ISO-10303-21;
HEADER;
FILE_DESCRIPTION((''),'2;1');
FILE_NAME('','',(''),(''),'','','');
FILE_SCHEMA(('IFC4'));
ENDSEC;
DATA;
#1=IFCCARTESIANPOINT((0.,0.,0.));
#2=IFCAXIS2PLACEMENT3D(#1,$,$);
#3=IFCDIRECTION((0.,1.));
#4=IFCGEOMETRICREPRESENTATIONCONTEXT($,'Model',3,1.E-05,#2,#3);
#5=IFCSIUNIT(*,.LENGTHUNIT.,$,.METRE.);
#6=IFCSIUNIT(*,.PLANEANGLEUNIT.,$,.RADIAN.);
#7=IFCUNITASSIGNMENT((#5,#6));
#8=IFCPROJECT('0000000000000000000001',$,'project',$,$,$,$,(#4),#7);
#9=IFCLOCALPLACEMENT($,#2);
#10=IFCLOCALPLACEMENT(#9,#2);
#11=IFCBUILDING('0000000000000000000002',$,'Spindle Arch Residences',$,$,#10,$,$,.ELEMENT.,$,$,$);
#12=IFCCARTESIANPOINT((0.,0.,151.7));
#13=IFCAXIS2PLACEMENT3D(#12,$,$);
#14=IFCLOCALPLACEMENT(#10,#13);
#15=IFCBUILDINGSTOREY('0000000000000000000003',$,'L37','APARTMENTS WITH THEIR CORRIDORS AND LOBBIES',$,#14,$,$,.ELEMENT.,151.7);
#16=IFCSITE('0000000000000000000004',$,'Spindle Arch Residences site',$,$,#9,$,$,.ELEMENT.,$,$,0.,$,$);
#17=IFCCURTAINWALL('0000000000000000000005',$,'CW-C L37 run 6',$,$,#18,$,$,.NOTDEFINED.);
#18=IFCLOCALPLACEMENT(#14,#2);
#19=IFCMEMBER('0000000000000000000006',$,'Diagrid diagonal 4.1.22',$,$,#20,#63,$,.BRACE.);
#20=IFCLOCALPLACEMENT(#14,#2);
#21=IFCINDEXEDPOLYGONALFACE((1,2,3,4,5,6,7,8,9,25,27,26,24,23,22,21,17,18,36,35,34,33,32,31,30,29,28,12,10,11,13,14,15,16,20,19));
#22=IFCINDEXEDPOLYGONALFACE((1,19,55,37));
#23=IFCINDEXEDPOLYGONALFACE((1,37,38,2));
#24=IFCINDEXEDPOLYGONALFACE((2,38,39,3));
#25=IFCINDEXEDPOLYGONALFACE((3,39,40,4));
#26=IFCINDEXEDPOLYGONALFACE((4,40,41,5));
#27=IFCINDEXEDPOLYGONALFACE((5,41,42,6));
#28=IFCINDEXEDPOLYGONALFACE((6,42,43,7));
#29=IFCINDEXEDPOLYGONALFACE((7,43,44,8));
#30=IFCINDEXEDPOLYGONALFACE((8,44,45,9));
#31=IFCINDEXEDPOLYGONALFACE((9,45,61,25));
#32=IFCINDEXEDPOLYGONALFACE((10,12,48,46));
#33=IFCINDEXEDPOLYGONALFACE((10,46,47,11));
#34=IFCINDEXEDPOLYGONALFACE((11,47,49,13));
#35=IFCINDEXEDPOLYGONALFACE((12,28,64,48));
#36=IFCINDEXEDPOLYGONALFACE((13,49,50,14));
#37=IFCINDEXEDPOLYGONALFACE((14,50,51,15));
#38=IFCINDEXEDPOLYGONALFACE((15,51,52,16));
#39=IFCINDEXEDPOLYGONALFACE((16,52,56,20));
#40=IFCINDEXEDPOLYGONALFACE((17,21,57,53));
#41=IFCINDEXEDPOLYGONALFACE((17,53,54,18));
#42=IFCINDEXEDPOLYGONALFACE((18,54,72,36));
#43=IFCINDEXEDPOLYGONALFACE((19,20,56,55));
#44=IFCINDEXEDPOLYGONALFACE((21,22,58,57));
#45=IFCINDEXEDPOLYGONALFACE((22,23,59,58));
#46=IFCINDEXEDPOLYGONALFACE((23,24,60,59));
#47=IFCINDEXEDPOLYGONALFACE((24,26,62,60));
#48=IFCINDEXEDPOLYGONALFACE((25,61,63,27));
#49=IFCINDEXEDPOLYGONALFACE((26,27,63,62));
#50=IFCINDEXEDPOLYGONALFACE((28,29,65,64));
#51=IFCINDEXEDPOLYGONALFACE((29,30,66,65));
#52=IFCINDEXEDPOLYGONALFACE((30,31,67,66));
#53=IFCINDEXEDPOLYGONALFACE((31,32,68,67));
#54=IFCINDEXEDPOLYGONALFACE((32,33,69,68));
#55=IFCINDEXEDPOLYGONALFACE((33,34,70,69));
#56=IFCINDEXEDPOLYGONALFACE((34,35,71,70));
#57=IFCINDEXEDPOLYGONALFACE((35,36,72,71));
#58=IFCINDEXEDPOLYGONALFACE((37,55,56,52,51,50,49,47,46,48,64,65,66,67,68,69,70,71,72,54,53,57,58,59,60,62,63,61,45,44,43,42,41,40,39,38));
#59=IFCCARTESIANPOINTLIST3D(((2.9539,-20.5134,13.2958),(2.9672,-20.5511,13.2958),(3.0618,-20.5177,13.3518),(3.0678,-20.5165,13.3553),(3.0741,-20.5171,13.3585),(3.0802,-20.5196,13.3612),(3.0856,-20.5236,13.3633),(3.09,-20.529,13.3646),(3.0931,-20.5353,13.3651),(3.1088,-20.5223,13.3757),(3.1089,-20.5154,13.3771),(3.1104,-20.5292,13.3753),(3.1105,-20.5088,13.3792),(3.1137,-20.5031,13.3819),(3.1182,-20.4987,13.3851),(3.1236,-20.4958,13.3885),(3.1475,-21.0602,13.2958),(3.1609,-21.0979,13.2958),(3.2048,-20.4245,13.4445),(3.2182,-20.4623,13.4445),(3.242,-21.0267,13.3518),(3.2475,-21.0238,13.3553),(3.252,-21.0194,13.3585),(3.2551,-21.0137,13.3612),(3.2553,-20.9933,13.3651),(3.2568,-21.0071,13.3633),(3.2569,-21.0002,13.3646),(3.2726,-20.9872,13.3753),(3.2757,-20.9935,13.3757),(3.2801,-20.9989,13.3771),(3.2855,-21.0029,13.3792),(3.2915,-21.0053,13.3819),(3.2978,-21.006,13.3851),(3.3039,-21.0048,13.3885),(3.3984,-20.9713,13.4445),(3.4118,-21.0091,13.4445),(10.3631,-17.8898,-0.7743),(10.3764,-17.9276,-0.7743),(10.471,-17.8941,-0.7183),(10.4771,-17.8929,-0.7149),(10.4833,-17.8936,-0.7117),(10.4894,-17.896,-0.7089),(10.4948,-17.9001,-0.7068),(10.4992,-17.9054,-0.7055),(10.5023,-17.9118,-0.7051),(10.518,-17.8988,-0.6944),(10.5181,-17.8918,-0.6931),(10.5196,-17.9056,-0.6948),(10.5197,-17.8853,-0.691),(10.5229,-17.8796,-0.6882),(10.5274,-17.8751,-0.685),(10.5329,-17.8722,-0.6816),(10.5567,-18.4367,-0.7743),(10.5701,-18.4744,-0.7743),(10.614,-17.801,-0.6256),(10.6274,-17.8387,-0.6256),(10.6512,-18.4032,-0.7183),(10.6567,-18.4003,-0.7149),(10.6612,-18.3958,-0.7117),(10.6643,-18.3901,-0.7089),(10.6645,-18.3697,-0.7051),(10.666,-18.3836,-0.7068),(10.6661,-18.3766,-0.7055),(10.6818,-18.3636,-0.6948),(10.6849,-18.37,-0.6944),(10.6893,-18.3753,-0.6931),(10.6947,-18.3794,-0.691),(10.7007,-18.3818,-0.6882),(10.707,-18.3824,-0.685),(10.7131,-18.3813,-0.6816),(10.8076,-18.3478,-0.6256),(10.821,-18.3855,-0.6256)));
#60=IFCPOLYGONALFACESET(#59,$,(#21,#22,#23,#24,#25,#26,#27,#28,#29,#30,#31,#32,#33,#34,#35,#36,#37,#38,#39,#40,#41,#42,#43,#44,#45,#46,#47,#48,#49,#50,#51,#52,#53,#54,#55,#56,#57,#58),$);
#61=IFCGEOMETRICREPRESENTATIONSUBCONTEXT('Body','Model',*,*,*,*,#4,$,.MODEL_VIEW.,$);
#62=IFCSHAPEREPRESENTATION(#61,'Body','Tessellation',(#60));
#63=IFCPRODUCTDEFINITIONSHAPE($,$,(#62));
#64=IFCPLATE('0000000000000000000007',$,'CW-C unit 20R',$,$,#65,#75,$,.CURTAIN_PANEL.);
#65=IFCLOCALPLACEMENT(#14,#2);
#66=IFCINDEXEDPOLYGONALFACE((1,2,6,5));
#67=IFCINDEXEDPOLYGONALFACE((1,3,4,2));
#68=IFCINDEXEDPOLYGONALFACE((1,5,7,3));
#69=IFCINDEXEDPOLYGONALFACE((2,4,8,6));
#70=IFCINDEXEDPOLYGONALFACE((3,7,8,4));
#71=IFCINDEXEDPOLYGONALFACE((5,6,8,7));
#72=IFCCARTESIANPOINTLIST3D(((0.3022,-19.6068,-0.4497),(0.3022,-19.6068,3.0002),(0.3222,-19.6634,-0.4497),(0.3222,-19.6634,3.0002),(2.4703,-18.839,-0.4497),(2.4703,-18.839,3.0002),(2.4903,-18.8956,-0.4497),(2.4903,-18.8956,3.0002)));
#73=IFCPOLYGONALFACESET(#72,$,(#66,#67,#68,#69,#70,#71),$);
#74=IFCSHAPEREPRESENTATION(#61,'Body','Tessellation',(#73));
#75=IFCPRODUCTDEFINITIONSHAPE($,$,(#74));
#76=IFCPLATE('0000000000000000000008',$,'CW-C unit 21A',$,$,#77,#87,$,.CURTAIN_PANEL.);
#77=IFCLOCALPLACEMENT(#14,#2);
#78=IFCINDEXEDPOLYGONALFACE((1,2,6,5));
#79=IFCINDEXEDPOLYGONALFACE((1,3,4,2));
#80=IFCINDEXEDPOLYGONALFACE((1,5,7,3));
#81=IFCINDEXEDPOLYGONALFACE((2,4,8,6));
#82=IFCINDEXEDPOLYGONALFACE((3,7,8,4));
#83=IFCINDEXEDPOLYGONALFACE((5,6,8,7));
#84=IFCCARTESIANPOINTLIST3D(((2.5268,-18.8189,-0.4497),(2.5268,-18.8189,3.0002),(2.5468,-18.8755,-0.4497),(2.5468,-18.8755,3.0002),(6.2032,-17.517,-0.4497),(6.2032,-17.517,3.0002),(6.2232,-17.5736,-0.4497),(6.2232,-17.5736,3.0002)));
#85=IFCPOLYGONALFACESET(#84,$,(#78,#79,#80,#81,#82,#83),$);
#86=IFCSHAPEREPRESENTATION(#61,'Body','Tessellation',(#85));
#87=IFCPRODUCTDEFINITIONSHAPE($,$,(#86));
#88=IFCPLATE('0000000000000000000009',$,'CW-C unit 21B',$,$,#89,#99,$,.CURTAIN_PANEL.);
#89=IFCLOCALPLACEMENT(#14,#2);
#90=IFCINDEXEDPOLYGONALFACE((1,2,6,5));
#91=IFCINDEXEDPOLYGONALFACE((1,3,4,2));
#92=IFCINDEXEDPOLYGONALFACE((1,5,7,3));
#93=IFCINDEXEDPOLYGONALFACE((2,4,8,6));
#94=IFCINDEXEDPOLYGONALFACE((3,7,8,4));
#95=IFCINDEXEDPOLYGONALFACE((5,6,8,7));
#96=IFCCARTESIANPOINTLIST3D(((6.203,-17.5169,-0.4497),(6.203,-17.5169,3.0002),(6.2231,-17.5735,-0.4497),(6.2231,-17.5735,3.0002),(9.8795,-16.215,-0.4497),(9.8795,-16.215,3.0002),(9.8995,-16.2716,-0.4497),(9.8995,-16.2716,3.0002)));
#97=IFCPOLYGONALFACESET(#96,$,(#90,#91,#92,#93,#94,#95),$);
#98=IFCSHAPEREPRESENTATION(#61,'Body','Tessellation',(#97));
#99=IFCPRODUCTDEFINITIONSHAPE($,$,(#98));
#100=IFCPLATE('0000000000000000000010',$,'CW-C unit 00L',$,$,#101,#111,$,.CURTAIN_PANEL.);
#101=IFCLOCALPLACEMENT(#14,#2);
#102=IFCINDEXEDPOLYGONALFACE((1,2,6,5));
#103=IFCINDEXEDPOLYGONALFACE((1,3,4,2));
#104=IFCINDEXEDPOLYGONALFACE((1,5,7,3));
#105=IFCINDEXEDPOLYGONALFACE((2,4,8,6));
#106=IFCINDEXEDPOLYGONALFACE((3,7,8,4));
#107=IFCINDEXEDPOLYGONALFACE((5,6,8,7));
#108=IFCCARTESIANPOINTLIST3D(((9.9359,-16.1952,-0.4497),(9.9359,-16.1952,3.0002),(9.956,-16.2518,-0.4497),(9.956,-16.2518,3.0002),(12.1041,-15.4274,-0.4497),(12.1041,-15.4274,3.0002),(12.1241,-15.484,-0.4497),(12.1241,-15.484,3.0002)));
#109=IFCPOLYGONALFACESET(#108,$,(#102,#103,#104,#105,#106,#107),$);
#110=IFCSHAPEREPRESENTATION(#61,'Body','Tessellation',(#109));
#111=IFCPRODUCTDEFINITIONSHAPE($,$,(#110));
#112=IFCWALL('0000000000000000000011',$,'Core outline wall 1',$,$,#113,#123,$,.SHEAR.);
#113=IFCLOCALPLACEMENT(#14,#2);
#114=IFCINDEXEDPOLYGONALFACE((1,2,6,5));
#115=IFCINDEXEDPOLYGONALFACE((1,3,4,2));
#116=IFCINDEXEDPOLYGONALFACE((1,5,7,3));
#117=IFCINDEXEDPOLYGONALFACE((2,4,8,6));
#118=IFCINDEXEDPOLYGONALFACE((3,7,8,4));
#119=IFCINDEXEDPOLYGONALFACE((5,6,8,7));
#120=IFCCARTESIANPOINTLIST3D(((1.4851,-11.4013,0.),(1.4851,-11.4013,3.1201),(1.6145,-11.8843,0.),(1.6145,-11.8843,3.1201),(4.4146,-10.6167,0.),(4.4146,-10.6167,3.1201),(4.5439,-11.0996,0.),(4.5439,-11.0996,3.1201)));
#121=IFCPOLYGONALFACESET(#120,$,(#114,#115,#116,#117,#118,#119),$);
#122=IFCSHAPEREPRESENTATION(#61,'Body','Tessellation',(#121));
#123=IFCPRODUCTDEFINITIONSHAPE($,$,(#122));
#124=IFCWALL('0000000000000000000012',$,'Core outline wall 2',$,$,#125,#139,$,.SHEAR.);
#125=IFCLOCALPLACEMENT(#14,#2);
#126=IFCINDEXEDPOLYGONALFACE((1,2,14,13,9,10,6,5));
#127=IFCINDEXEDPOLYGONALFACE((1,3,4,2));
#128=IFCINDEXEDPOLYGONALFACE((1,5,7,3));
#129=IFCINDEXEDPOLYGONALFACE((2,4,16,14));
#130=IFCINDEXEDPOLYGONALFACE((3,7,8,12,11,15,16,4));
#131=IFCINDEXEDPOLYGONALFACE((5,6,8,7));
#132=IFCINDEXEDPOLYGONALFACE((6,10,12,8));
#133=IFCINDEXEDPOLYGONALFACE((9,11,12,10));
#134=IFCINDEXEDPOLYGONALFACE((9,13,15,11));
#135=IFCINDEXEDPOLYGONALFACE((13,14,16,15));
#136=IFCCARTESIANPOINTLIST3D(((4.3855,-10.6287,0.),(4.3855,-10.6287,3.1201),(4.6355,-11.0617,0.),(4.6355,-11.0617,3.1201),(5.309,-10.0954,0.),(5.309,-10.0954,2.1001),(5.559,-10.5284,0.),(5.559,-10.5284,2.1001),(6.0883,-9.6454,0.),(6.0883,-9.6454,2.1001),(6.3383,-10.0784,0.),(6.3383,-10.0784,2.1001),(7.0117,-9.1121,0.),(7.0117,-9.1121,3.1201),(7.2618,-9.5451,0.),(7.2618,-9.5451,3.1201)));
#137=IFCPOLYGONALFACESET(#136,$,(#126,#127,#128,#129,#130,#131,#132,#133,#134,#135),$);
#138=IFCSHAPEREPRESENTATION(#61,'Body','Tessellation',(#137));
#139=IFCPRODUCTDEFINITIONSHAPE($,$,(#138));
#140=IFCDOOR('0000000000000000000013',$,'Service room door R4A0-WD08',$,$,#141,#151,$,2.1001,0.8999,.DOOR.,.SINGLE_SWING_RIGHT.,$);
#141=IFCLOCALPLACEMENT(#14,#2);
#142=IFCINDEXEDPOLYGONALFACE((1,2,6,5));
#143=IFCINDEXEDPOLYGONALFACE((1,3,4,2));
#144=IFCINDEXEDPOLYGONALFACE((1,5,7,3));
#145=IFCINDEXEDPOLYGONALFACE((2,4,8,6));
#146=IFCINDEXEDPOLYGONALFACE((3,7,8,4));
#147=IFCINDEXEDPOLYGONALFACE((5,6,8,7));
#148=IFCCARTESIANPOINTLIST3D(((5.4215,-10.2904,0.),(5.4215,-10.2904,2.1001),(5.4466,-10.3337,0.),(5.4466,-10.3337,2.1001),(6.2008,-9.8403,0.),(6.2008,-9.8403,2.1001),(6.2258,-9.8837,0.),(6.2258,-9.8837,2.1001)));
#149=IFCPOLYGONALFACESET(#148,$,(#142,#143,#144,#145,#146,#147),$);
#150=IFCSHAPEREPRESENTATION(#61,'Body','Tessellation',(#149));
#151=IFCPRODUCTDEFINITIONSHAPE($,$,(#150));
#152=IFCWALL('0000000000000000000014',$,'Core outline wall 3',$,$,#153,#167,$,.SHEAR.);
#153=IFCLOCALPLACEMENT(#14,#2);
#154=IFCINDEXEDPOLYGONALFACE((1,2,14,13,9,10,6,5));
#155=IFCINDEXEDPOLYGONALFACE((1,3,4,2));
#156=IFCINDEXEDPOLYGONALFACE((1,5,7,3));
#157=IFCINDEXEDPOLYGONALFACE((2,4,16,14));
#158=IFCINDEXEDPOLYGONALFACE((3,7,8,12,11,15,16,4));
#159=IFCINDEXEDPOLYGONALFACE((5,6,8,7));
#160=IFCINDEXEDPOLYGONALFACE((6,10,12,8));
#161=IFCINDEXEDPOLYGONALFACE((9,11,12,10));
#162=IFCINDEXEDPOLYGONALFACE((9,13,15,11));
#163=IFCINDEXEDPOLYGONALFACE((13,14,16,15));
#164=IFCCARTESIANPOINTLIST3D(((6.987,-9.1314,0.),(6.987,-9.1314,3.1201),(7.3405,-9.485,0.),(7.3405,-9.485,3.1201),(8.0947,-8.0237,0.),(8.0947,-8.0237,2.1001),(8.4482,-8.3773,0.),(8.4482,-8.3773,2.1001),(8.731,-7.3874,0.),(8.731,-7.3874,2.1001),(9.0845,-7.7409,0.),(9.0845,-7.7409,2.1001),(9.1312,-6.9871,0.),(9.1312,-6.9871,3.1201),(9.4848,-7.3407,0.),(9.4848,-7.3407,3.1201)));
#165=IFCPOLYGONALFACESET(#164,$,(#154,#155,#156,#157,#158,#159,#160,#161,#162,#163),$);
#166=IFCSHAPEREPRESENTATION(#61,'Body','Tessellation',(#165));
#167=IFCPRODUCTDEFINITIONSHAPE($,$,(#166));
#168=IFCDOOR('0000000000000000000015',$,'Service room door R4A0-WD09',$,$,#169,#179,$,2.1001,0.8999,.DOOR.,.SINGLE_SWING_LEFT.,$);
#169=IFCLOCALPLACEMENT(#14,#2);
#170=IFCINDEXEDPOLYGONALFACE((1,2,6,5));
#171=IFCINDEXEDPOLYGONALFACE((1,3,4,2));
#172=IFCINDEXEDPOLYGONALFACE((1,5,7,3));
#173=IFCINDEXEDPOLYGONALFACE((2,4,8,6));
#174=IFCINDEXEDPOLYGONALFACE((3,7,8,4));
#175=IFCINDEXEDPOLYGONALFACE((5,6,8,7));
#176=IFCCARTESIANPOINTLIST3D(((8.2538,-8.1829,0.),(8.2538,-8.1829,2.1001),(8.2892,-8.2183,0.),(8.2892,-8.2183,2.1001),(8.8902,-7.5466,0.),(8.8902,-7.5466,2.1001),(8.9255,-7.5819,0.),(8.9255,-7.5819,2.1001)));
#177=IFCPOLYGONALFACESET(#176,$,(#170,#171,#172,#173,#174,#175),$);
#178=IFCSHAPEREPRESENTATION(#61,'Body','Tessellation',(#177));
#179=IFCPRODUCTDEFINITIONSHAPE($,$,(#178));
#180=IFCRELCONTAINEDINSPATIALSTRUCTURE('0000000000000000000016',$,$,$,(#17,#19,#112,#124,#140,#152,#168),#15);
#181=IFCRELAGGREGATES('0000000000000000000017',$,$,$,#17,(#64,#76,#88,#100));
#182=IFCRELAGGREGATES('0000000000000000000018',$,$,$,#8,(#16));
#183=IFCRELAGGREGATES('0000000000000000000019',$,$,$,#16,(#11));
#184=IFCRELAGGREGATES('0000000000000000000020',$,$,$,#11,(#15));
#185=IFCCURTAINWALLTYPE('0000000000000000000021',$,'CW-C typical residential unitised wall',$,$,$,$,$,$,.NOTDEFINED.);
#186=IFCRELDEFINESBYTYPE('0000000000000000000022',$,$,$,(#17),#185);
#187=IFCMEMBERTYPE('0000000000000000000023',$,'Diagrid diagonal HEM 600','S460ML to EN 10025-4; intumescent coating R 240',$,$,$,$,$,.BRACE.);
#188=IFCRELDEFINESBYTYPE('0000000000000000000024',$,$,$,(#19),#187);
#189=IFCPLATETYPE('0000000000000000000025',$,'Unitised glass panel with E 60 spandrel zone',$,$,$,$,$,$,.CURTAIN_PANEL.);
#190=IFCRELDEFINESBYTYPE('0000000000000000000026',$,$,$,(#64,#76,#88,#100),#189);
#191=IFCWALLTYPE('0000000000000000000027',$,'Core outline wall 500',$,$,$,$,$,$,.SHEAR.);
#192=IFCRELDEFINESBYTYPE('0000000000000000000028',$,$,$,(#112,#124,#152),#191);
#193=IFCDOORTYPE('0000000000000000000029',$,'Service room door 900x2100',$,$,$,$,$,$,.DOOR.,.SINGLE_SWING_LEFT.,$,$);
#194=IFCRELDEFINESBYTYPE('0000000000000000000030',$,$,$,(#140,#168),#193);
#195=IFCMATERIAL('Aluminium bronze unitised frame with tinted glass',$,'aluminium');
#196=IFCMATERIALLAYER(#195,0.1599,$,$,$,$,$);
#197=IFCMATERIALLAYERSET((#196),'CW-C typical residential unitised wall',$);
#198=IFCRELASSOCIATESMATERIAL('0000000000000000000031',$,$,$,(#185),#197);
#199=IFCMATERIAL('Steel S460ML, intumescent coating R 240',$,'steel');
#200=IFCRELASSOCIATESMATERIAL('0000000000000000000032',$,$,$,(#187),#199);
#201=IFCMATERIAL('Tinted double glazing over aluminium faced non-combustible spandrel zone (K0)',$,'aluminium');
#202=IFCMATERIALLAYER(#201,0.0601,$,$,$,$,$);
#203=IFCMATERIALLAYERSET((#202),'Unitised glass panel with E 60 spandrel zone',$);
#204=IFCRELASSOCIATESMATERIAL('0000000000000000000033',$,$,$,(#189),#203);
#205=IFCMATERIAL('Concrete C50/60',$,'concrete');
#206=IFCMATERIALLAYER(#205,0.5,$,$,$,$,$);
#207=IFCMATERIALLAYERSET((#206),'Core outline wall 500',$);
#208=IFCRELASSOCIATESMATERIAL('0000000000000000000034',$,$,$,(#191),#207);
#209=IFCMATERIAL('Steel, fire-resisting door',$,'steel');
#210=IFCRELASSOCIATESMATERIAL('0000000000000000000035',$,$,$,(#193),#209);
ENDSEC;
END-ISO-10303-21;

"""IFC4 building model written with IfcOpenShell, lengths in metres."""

from ifc_helpers import new_model, si_unit, direction, frame, frame_2d, origin, origin_2d, place, context, subcontext, project, spatial, rectangle, i_section, extrude, material, layer, layer_set, material_profile, profile_set, type_object, element, fill, aggregate, save


model = new_model("IFC4")

# Units and contexts
model_context = context("Model", 3, precision=1e-05, world=origin(), true_north=direction((0.0, 1.0)))
body_context = subcontext(model_context, "Body", "Model", "MODEL_VIEW")
ifc_project = project(units=[si_unit("LENGTHUNIT", "METRE"), si_unit("PLANEANGLEUNIT", "RADIAN")], contexts=[model_context])

# Site, building, storey
site_placement = place(None, origin())
site = spatial("IfcSite", under=ifc_project, at=site_placement, Name="Spindle Arch Residences site", CompositionType="ELEMENT", RefElevation=0.0)
building_placement = place(site_placement, origin())
building = spatial("IfcBuilding", under=site, at=building_placement, Name="Spindle Arch Residences", CompositionType="ELEMENT")
storey_placement = place(building_placement, frame((0.0, 0.0, 151.7)))
storey = spatial("IfcBuildingStorey", under=building, at=storey_placement, Name="L37", Description="APARTMENTS WITH THEIR CORRIDORS AND LOBBIES", CompositionType="ELEMENT", Elevation=151.7)

# Curtain wall
ifc_material_1 = material(Name="Aluminium bronze unitised frame with tinted glass", Category="aluminium")
ifc_layer_1 = layer(ifc_material_1, 0.1599)
ifc_layer_set_1 = layer_set([ifc_layer_1], Name="CW-C typical residential unitised wall")
curtain_wall_type = type_object("IfcCurtainWallType", Name="CW-C typical residential unitised wall", PredefinedType="NOTDEFINED", material=ifc_layer_set_1)
curtain_wall_placement = place(storey_placement, origin())
curtain_wall = element("IfcCurtainWall", 1, at=curtain_wall_placement, inside=storey, type_object=curtain_wall_type, Name="CW-C L37 run 6", PredefinedType="NOTDEFINED")

# Member
ifc_material_2 = material(Name="Steel S460ML, intumescent coating R 240", Category="steel")
ifc_material_profile_1 = material_profile(ifc_material_2, i_section(OverallWidth=0.3049, OverallDepth=0.6201, WebThickness=0.021, FlangeThickness=0.04, FilletRadius=0.0271, at=origin_2d()), Name="HEM 600")
ifc_profile_set_1 = profile_set([ifc_material_profile_1], Name="Steel S460ML, intumescent coating R 240")
member_type_1 = type_object("IfcMemberType", Name="Diagrid diagonal HEM 600", Description="S460ML to EN 10025-4; intumescent coating R 240", PredefinedType="BRACE", material=ifc_profile_set_1)
for number, where, z_axis, x_axis, name in (
    (2, (10.592, -18.1377, -0.7), (-0.459723, -0.162784, 0.873016), (0.822948, 0.2914, 0.487692), "Diagrid diagonal 4.1.22"),
):
    element("IfcMember", number, at=place(storey_placement, frame(where, z_axis=z_axis, x_axis=x_axis)), inside=storey, type_object=member_type_1, Name=name, PredefinedType="BRACE", context=body_context, shape_type="SweptSolid", body=[
        extrude(i_section(OverallWidth=0.3049, OverallDepth=0.6201, WebThickness=0.021, FlangeThickness=0.04, FilletRadius=0.0271, at=origin_2d()), origin(), (0.0, 0.0, 1.0), 16.1167),
    ])

# Plates
ifc_material_3 = material(Name="Tinted double glazing over aluminium faced non-combustible spandrel zone (K0)", Category="aluminium")
ifc_layer_2 = layer(ifc_material_3, 0.0601)
ifc_layer_set_2 = layer_set([ifc_layer_2], Name="Unitised glass panel with E 60 spandrel zone")
plate_type = type_object("IfcPlateType", Name="Unitised glass panel with E 60 spandrel zone", PredefinedType="CURTAIN_PANEL", material=ifc_layer_set_2)
plate_1_placement = place(storey_placement, frame((1.3962, -19.2512, -0.4497), z_axis=(0.0, 0.0, 1.0), x_axis=(0.942641, 0.333807, 0.0)))
plate_1 = element("IfcPlate", 3, at=plate_1_placement, type_object=plate_type, Name="CW-C unit 20R", PredefinedType="CURTAIN_PANEL", context=body_context, shape_type="SweptSolid", body=[
    extrude(rectangle(XDim=2.3, YDim=0.0601, at=origin_2d()), origin(), (0.0, 0.0, 1.0), 3.45),
])
plate_2_placement = place(storey_placement, frame((4.375, -18.1963, -0.4497), z_axis=(0.0, 0.0, 1.0), x_axis=(0.942641, 0.333807, 0.0)))
plate_2 = element("IfcPlate", 4, at=plate_2_placement, type_object=plate_type, Name="CW-C unit 21A", PredefinedType="CURTAIN_PANEL", context=body_context, shape_type="SweptSolid", body=[
    extrude(rectangle(XDim=3.9001, YDim=0.0601, at=origin_2d()), origin(), (0.0, 0.0, 1.0), 3.45),
])
plate_3_placement = place(storey_placement, frame((8.0513, -16.8943, -0.4497), z_axis=(0.0, 0.0, 1.0), x_axis=(0.942641, 0.333807, 0.0)))
plate_3 = element("IfcPlate", 5, at=plate_3_placement, type_object=plate_type, Name="CW-C unit 21B", PredefinedType="CURTAIN_PANEL", context=body_context, shape_type="SweptSolid", body=[
    extrude(rectangle(XDim=3.9001, YDim=0.0601, at=origin_2d()), origin(), (0.0, 0.0, 1.0), 3.45),
])
plate_4_placement = place(storey_placement, frame((11.03, -15.8396, -0.4497), z_axis=(0.0, 0.0, 1.0), x_axis=(0.942641, 0.333807, 0.0)))
plate_4 = element("IfcPlate", 6, at=plate_4_placement, type_object=plate_type, Name="CW-C unit 00L", PredefinedType="CURTAIN_PANEL", context=body_context, shape_type="SweptSolid", body=[
    extrude(rectangle(XDim=2.3, YDim=0.0601, at=origin_2d()), origin(), (0.0, 0.0, 1.0), 3.45),
])
aggregate(curtain_wall, [plate_1, plate_2, plate_3, plate_4])

# Wall
ifc_material_4 = material(Name="Concrete C50/60", Category="concrete")
ifc_layer_3 = layer(ifc_material_4, 0.5)
ifc_layer_set_3 = layer_set([ifc_layer_3], Name="Core outline wall 500")
wall_type_1 = type_object("IfcWallType", Name="Core outline wall 500", PredefinedType="SHEAR", material=ifc_layer_set_3)
wall_1_placement = place(storey_placement, frame((1.5498, -11.6428, 0.0), z_axis=(0.0, 0.0, 1.0), x_axis=(0.965948, 0.258735, 0.0)))
element("IfcWall", 7, at=wall_1_placement, inside=storey, type_object=wall_type_1, Name="Core outline wall 1", PredefinedType="SHEAR", context=body_context, shape_type="SweptSolid", body=[
    extrude(rectangle(XDim=3.0327, YDim=0.5, at=frame_2d((1.5164, 0.0))), origin(), (0.0, 0.0, 1.0), 3.1201),
])

# Walls, openings, doors
wall_2_placement = place(storey_placement, frame((4.5105, -10.8452, 0.0), z_axis=(0.0, 0.0, 1.0), x_axis=(0.865975, 0.500087, 0.0)))
wall_2 = element("IfcWall", 8, at=wall_2_placement, inside=storey, type_object=wall_type_1, Name="Core outline wall 2", PredefinedType="SHEAR", context=body_context, shape_type="SweptSolid", body=[
    extrude(rectangle(XDim=3.0327, YDim=0.5, at=frame_2d((1.5164, 0.0))), origin(), (0.0, 0.0, 1.0), 3.1201),
])
opening_1_placement = place(wall_2_placement, frame((1.0664, 0.0, 0.0)))
opening_1 = element("IfcOpeningElement", 9, at=opening_1_placement, cuts=wall_2, PredefinedType="OPENING", context=body_context, shape_type="SweptSolid", body=[
    extrude(rectangle(XDim=0.8999, YDim=2.1001, at=frame_2d((0.45, 1.05))), frame((0.0, 0.26, 0.0), z_axis=(0.0, -1.0, 0.0), x_axis=(1.0, 0.0, 0.0)), (0.0, 0.0, 1.0), 0.52),
])
ifc_material_5 = material(Name="Steel, fire-resisting door", Category="steel")
door_type_1 = type_object("IfcDoorType", Name="Service room door 900x2100", OperationType="SINGLE_SWING_LEFT", PredefinedType="DOOR", material=ifc_material_5)
door_1_placement = place(opening_1_placement, origin())
door_1 = element("IfcDoor", 10, at=door_1_placement, inside=storey, type_object=door_type_1, Name="Service room door R4A0-WD08", OperationType="SINGLE_SWING_RIGHT", OverallHeight=2.1001, OverallWidth=0.8999, PredefinedType="DOOR", context=body_context, shape_type="SweptSolid", body=[
    extrude(rectangle(XDim=0.8999, YDim=2.1001, at=frame_2d((0.45, 1.05))), frame((0.0, 0.0249, 0.0), z_axis=(0.0, -1.0, 0.0), x_axis=(1.0, 0.0, 0.0)), (0.0, 0.0, 1.0), 0.05),
])
fill(opening_1, door_1)
wall_3_placement = place(storey_placement, frame((7.1638, -9.3081, 0.0), z_axis=(0.0, 0.0, 1.0), x_axis=(0.707107, 0.707107, 0.0)))
wall_3 = element("IfcWall", 11, at=wall_3_placement, inside=storey, type_object=wall_type_1, Name="Core outline wall 3", PredefinedType="SHEAR", context=body_context, shape_type="SweptSolid", body=[
    extrude(rectangle(XDim=3.0325, YDim=0.5, at=frame_2d((1.5161, 0.0))), origin(), (0.0, 0.0, 1.0), 3.1201),
])
opening_2_placement = place(wall_3_placement, frame((1.5664, 0.0, 0.0)))
opening_2 = element("IfcOpeningElement", 12, at=opening_2_placement, cuts=wall_3, PredefinedType="OPENING", context=body_context, shape_type="SweptSolid", body=[
    extrude(rectangle(XDim=0.8999, YDim=2.1001, at=frame_2d((0.45, 1.05))), frame((0.0, 0.26, 0.0), z_axis=(0.0, -1.0, 0.0), x_axis=(1.0, 0.0, 0.0)), (0.0, 0.0, 1.0), 0.52),
])
door_2_placement = place(opening_2_placement, origin())
door_2 = element("IfcDoor", 13, at=door_2_placement, inside=storey, type_object=door_type_1, Name="Service room door R4A0-WD09", OperationType="SINGLE_SWING_LEFT", OverallHeight=2.1001, OverallWidth=0.8999, PredefinedType="DOOR", context=body_context, shape_type="SweptSolid", body=[
    extrude(rectangle(XDim=0.8999, YDim=2.1001, at=frame_2d((0.45, 1.05))), frame((0.0, 0.0249, 0.0), z_axis=(0.0, -1.0, 0.0), x_axis=(1.0, 0.0, 0.0)), (0.0, 0.0, 1.0), 0.05),
])
fill(opening_2, door_2)

save(model, "model.ifc")
